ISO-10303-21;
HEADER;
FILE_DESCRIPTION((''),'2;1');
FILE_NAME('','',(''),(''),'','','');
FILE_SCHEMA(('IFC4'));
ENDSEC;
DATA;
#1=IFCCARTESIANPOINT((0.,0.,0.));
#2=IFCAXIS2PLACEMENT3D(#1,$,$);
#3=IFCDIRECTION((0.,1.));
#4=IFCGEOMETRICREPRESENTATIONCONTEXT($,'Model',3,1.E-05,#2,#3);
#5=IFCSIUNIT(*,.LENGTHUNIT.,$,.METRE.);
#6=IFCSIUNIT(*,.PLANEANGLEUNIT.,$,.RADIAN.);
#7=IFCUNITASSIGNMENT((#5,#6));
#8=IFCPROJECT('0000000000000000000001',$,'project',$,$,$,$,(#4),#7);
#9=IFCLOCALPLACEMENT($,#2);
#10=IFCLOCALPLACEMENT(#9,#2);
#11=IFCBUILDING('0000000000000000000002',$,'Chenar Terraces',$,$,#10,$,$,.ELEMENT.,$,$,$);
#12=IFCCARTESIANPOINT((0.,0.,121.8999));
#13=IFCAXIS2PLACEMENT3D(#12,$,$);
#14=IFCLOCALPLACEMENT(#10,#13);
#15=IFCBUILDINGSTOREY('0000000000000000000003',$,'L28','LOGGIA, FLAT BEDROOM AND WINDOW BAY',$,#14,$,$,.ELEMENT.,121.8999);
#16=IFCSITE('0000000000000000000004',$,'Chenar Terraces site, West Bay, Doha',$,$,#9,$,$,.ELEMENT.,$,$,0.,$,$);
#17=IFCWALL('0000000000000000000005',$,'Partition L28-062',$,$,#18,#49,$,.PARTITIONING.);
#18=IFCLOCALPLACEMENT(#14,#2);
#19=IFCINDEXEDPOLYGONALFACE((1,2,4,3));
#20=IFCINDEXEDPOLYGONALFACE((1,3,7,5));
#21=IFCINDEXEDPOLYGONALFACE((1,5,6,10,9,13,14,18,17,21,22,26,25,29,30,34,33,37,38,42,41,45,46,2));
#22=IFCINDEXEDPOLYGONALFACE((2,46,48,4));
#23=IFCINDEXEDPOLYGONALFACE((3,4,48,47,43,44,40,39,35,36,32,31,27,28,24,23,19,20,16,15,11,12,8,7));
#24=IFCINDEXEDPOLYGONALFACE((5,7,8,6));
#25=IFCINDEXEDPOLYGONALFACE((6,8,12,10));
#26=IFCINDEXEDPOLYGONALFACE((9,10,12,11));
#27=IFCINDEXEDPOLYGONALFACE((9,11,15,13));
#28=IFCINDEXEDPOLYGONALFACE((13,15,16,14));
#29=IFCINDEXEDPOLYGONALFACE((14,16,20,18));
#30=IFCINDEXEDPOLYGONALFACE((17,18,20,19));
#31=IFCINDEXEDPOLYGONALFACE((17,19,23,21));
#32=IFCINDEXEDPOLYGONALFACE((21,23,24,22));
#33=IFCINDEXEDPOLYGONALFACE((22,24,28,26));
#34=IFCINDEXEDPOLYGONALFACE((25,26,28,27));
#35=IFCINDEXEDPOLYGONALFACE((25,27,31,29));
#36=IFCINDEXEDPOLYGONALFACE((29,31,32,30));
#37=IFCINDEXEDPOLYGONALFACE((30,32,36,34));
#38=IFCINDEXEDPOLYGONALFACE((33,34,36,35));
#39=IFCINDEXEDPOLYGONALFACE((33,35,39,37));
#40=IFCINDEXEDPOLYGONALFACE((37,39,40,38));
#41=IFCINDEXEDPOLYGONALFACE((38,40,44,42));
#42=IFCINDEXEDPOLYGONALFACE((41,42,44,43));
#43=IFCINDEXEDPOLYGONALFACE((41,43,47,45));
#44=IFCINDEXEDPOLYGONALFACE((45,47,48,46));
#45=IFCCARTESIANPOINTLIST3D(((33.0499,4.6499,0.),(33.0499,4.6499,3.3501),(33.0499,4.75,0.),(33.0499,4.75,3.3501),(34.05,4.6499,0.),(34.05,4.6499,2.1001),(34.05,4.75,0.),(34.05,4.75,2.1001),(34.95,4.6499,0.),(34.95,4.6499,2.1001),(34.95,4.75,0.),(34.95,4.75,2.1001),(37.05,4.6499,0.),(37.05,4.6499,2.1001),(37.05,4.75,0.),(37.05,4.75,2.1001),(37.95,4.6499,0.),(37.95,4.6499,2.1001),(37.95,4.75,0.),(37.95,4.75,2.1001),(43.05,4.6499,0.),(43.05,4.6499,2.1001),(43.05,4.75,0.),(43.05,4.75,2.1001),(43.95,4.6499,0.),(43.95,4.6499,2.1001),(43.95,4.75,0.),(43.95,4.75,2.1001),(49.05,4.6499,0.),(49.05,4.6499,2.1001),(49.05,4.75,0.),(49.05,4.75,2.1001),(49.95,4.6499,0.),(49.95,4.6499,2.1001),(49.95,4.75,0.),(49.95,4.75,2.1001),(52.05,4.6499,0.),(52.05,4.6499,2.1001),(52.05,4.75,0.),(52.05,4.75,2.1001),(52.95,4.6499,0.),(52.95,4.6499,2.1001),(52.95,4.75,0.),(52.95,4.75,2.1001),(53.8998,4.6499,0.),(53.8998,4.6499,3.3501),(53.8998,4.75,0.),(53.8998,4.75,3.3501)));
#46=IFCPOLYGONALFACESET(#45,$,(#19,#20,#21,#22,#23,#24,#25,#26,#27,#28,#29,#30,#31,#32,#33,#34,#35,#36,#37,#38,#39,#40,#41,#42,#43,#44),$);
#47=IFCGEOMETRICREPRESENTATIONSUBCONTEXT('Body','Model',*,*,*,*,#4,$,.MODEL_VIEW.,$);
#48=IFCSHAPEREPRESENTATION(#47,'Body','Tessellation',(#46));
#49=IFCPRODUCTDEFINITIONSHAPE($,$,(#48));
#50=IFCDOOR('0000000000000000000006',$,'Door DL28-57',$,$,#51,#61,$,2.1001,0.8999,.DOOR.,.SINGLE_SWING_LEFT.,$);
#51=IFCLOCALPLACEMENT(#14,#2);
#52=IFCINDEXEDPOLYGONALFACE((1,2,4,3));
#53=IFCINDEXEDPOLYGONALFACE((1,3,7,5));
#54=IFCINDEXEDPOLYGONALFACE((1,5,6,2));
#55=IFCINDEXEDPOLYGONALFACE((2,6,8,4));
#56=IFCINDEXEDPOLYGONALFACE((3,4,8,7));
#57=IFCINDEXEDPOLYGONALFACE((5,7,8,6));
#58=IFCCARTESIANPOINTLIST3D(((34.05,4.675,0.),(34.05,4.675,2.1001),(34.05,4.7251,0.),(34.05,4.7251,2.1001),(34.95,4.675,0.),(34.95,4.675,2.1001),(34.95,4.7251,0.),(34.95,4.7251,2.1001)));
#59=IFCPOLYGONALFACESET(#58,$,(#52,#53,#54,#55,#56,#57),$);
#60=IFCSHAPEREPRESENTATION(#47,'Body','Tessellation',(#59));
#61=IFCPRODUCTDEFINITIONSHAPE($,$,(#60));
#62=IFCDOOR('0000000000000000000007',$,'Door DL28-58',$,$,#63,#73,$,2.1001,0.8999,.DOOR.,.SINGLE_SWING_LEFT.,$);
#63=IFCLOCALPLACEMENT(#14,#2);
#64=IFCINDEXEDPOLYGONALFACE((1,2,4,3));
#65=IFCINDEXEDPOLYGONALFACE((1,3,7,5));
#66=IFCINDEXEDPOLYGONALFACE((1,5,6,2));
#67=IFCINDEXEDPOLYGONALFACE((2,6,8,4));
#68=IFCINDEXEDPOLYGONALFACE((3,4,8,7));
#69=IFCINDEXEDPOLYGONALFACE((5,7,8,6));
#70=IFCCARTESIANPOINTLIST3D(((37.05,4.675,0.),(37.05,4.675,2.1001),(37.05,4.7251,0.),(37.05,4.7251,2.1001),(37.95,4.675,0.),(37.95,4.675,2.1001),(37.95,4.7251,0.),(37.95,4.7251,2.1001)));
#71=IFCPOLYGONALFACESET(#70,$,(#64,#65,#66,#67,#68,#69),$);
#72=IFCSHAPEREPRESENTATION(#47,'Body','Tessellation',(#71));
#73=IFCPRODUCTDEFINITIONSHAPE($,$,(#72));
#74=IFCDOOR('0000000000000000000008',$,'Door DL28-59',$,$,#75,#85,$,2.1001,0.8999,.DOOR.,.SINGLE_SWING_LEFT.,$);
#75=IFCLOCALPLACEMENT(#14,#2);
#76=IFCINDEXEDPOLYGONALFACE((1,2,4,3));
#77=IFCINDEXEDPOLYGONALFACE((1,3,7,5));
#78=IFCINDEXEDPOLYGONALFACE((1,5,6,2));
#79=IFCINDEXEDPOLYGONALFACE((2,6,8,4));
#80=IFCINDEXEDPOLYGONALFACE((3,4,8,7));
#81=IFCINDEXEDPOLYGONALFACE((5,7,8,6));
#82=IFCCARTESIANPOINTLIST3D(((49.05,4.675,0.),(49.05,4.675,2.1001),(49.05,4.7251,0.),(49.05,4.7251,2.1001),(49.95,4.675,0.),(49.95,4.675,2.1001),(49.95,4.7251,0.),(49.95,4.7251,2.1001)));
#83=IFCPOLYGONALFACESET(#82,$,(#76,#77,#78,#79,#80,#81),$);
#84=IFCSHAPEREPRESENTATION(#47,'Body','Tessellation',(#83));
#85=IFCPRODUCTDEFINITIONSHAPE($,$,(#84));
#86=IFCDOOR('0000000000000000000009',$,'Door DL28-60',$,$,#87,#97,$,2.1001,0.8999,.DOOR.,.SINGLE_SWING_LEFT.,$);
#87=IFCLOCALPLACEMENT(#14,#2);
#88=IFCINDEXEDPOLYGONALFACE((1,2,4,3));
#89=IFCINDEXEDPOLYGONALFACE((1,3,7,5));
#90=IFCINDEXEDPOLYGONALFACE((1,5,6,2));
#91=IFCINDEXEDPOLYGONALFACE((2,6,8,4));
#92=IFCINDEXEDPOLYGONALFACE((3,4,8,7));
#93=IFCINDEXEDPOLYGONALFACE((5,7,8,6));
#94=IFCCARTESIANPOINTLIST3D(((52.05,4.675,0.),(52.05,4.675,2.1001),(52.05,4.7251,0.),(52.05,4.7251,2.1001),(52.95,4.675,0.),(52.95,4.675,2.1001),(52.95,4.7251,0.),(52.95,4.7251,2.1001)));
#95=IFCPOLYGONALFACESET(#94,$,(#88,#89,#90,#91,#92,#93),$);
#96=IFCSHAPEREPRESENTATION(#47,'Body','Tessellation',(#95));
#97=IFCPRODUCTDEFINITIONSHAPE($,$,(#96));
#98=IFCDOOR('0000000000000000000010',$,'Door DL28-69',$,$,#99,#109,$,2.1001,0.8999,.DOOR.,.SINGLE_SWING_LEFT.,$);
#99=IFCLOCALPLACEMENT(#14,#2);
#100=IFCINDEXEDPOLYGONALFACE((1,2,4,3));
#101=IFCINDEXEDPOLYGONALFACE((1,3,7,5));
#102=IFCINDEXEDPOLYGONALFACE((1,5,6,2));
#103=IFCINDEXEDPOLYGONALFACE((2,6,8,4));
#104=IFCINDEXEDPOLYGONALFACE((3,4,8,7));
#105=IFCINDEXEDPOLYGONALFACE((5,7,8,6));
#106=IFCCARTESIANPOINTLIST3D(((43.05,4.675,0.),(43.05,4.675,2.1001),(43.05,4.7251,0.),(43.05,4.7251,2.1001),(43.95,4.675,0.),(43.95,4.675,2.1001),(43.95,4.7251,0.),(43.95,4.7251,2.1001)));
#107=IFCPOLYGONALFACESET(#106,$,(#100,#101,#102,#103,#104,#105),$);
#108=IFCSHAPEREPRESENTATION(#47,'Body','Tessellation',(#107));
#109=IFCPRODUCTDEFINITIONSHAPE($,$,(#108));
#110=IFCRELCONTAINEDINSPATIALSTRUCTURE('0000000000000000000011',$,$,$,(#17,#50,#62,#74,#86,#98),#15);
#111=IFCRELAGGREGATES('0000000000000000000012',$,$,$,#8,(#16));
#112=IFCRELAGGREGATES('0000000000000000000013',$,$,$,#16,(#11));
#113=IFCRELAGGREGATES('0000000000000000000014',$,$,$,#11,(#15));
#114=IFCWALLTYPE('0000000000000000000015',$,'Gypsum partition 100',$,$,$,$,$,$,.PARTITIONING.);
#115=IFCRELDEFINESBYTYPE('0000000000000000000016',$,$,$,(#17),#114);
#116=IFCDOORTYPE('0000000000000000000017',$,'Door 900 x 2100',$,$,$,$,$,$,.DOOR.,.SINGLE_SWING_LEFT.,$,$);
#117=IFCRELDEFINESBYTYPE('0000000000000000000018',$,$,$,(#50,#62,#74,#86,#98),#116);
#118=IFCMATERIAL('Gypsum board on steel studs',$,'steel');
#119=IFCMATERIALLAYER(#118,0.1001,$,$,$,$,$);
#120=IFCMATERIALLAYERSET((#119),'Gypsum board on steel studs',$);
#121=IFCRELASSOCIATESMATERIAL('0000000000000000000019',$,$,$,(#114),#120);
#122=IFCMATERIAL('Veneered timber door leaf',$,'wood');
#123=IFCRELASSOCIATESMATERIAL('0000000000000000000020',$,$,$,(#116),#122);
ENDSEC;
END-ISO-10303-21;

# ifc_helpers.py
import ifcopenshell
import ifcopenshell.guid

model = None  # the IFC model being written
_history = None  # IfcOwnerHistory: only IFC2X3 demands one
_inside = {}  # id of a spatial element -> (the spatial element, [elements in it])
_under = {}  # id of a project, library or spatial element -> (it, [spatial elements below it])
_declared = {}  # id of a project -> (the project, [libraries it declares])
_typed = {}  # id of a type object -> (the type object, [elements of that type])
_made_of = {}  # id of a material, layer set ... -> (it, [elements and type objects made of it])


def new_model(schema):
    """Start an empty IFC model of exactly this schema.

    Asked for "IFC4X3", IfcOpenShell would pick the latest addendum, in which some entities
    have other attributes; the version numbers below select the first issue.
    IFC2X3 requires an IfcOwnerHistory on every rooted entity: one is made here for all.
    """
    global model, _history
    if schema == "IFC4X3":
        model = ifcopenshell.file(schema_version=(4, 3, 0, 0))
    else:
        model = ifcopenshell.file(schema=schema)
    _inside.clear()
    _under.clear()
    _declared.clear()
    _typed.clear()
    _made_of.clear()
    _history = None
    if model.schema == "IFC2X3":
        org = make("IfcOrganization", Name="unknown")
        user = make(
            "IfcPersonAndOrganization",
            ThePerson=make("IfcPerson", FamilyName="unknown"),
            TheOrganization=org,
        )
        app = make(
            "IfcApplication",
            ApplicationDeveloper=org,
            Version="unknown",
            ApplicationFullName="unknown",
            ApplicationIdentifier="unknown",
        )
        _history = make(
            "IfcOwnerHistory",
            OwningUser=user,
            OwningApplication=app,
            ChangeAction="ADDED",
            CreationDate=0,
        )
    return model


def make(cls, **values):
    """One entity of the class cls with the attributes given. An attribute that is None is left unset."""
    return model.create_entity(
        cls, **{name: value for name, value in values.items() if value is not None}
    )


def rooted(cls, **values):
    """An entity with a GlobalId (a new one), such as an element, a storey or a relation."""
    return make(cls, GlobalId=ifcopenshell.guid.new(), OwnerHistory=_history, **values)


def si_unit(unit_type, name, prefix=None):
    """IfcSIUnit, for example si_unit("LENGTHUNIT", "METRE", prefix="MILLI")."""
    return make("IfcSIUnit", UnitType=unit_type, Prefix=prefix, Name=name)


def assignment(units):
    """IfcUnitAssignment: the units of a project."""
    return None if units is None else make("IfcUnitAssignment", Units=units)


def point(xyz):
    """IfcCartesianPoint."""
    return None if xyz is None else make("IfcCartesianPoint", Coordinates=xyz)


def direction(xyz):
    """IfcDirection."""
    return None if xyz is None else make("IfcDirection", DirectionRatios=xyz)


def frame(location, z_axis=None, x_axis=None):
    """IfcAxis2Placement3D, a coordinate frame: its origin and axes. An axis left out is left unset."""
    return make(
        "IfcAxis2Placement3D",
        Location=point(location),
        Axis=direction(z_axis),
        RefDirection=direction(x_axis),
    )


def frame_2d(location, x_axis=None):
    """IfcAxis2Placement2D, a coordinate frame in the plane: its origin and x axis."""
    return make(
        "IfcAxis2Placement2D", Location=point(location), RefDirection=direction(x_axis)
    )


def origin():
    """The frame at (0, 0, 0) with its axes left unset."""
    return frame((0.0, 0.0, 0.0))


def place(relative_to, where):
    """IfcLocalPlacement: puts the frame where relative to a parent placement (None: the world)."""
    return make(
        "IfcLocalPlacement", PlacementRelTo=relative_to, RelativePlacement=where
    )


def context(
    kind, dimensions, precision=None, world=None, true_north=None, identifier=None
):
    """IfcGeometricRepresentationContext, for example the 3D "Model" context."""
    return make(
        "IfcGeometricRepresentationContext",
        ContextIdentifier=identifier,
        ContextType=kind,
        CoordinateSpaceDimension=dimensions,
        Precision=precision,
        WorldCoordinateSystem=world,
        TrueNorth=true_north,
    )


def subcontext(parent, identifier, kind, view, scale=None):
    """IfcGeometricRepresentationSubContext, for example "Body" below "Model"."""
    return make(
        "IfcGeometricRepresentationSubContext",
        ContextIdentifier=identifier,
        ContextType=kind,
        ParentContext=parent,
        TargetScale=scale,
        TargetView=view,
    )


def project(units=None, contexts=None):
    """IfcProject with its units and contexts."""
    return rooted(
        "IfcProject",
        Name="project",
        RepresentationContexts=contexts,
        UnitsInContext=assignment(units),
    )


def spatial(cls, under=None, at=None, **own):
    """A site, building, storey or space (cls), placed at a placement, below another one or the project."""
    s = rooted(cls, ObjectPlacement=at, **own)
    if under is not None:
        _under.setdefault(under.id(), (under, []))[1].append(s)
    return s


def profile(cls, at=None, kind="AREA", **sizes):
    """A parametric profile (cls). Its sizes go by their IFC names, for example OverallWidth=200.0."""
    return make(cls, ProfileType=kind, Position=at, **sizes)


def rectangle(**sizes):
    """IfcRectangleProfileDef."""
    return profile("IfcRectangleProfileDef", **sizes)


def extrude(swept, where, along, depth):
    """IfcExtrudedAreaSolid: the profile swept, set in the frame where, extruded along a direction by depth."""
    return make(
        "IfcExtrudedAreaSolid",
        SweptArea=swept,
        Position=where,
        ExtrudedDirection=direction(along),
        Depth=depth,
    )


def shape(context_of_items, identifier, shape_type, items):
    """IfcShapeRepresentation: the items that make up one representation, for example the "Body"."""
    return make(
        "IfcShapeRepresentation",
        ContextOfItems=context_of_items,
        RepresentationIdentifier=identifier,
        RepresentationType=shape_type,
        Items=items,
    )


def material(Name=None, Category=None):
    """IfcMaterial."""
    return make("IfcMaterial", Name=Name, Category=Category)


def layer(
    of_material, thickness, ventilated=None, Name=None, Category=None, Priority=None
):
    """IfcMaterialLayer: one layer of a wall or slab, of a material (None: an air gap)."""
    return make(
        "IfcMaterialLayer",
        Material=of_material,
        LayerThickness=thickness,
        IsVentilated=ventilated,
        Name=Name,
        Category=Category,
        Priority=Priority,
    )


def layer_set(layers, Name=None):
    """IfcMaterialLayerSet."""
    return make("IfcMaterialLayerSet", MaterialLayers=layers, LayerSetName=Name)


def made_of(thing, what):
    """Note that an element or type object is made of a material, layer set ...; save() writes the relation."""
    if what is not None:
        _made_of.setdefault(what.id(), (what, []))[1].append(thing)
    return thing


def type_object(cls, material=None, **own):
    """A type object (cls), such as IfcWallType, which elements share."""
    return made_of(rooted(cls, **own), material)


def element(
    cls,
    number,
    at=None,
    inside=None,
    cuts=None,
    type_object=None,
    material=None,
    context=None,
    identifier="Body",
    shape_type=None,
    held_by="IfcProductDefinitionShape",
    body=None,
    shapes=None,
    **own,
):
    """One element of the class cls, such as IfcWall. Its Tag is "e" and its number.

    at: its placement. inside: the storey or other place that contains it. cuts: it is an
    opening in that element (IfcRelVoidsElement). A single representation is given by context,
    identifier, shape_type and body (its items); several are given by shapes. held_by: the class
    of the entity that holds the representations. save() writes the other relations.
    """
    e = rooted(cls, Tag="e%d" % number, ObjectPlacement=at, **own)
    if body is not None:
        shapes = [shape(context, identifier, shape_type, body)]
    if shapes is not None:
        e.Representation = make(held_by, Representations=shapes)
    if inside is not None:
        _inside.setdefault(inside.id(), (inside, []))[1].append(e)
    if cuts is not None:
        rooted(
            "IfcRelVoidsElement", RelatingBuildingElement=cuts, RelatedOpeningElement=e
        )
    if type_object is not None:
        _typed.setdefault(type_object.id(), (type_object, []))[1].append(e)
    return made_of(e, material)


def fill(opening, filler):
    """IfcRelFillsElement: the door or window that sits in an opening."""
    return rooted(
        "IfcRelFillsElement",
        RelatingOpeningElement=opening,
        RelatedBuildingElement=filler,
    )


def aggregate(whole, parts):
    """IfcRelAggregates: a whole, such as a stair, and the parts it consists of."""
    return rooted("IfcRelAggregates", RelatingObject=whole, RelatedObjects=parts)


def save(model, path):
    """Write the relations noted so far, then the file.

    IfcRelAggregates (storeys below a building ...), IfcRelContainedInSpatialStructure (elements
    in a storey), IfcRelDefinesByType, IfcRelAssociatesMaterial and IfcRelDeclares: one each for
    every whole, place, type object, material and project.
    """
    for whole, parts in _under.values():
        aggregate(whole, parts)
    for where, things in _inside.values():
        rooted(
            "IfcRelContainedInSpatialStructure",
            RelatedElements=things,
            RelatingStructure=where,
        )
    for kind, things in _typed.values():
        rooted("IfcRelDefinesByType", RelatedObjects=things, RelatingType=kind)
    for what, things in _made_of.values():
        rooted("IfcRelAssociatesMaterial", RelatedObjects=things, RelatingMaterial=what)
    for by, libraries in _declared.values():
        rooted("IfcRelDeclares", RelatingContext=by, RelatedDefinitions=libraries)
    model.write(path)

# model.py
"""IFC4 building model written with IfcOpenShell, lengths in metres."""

from ifc_helpers import new_model, si_unit, direction, frame, frame_2d, origin, place, context, subcontext, project, spatial, rectangle, extrude, material, layer, layer_set, type_object, element, fill, save


model = new_model("IFC4")

# Units and contexts
model_context = context("Model", 3, precision=1e-05, world=origin(), true_north=direction((0.0, 1.0)))
body_context = subcontext(model_context, "Body", "Model", "MODEL_VIEW")
ifc_project = project(units=[si_unit("LENGTHUNIT", "METRE"), si_unit("PLANEANGLEUNIT", "RADIAN")], contexts=[model_context])

# Site, building, storey
site_placement = place(None, origin())
site = spatial("IfcSite", under=ifc_project, at=site_placement, Name="Chenar Terraces site, West Bay, Doha", CompositionType="ELEMENT", RefElevation=0.0)
building_placement = place(site_placement, origin())
building = spatial("IfcBuilding", under=site, at=building_placement, Name="Chenar Terraces", CompositionType="ELEMENT")
storey_placement = place(building_placement, frame((0.0, 0.0, 121.8999)))
storey = spatial("IfcBuildingStorey", under=building, at=storey_placement, Name="L28", Description="LOGGIA, FLAT BEDROOM AND WINDOW BAY", CompositionType="ELEMENT", Elevation=121.8999)

# Wall, openings, doors
ifc_material_1 = material(Name="Gypsum board on steel studs", Category="steel")
ifc_layer_1 = layer(ifc_material_1, 0.1001)
ifc_layer_set_1 = layer_set([ifc_layer_1], Name="Gypsum board on steel studs")
wall_type_1 = type_object("IfcWallType", Name="Gypsum partition 100", PredefinedType="PARTITIONING", material=ifc_layer_set_1)
wall_1_placement = place(storey_placement, frame((33.05, 4.7, 0.0), z_axis=(0.0, 0.0, 1.0), x_axis=(1.0, 0.0, 0.0)))
wall_1 = element("IfcWall", 1, at=wall_1_placement, inside=storey, type_object=wall_type_1, Name="Partition L28-062", PredefinedType="PARTITIONING", context=body_context, shape_type="SweptSolid", body=[
    extrude(rectangle(XDim=20.8499, YDim=0.1001, at=frame_2d((10.4248, 0.0))), origin(), (0.0, 0.0, 1.0), 3.3501),
])
opening_1_placement = place(wall_1_placement, frame((1.0, 0.0, 0.0)))
opening_1 = element("IfcOpeningElement", 2, at=opening_1_placement, cuts=wall_1, PredefinedType="OPENING", context=body_context, shape_type="SweptSolid", body=[
    extrude(rectangle(XDim=0.8999, YDim=2.1001, at=frame_2d((0.45, 1.05))), frame((0.0, 0.0601, 0.0), z_axis=(0.0, -1.0, 0.0), x_axis=(1.0, 0.0, 0.0)), (0.0, 0.0, 1.0), 0.1201),
])
opening_2_placement = place(wall_1_placement, frame((4.0, 0.0, 0.0)))
opening_2 = element("IfcOpeningElement", 3, at=opening_2_placement, cuts=wall_1, PredefinedType="OPENING", context=body_context, shape_type="SweptSolid", body=[
    extrude(rectangle(XDim=0.8999, YDim=2.1001, at=frame_2d((0.45, 1.05))), frame((0.0, 0.0601, 0.0), z_axis=(0.0, -1.0, 0.0), x_axis=(1.0, 0.0, 0.0)), (0.0, 0.0, 1.0), 0.1201),
])
opening_3_placement = place(wall_1_placement, frame((16.0, 0.0, 0.0)))
opening_3 = element("IfcOpeningElement", 4, at=opening_3_placement, cuts=wall_1, PredefinedType="OPENING", context=body_context, shape_type="SweptSolid", body=[
    extrude(rectangle(XDim=0.8999, YDim=2.1001, at=frame_2d((0.45, 1.05))), frame((0.0, 0.0601, 0.0), z_axis=(0.0, -1.0, 0.0), x_axis=(1.0, 0.0, 0.0)), (0.0, 0.0, 1.0), 0.1201),
])
opening_4_placement = place(wall_1_placement, frame((19.0, 0.0, 0.0)))
opening_4 = element("IfcOpeningElement", 5, at=opening_4_placement, cuts=wall_1, PredefinedType="OPENING", context=body_context, shape_type="SweptSolid", body=[
    extrude(rectangle(XDim=0.8999, YDim=2.1001, at=frame_2d((0.45, 1.05))), frame((0.0, 0.0601, 0.0), z_axis=(0.0, -1.0, 0.0), x_axis=(1.0, 0.0, 0.0)), (0.0, 0.0, 1.0), 0.1201),
])
opening_5_placement = place(wall_1_placement, frame((10.0, 0.0, 0.0)))
opening_5 = element("IfcOpeningElement", 6, at=opening_5_placement, cuts=wall_1, PredefinedType="OPENING", context=body_context, shape_type="SweptSolid", body=[
    extrude(rectangle(XDim=0.8999, YDim=2.1001, at=frame_2d((0.45, 1.05))), frame((0.0, 0.0601, 0.0), z_axis=(0.0, -1.0, 0.0), x_axis=(1.0, 0.0, 0.0)), (0.0, 0.0, 1.0), 0.1201),
])
ifc_material_2 = material(Name="Veneered timber door leaf", Category="wood")
door_type_1 = type_object("IfcDoorType", Name="Door 900 x 2100", OperationType="SINGLE_SWING_LEFT", PredefinedType="DOOR", material=ifc_material_2)
door_1_placement = place(opening_1_placement, frame((0.8999, 0.0, 0.0), z_axis=(0.0, 0.0, 1.0), x_axis=(-1.0, 0.0, 0.0)))
door_1 = element("IfcDoor", 7, at=door_1_placement, inside=storey, type_object=door_type_1, Name="Door DL28-57", OperationType="SINGLE_SWING_LEFT", OverallHeight=2.1001, OverallWidth=0.8999, PredefinedType="DOOR", context=body_context, shape_type="SweptSolid", body=[
    extrude(rectangle(XDim=0.8999, YDim=2.1001, at=frame_2d((0.45, 1.05))), frame((0.0, 0.0249, 0.0), z_axis=(0.0, -1.0, 0.0), x_axis=(1.0, 0.0, 0.0)), (0.0, 0.0, 1.0), 0.05),
])
fill(opening_1, door_1)
door_2_placement = place(opening_2_placement, frame((0.8999, 0.0, 0.0), z_axis=(0.0, 0.0, 1.0), x_axis=(-1.0, 0.0, 0.0)))
door_2 = element("IfcDoor", 8, at=door_2_placement, inside=storey, type_object=door_type_1, Name="Door DL28-58", OperationType="SINGLE_SWING_LEFT", OverallHeight=2.1001, OverallWidth=0.8999, PredefinedType="DOOR", context=body_context, shape_type="SweptSolid", body=[
    extrude(rectangle(XDim=0.8999, YDim=2.1001, at=frame_2d((0.45, 1.05))), frame((0.0, 0.0249, 0.0), z_axis=(0.0, -1.0, 0.0), x_axis=(1.0, 0.0, 0.0)), (0.0, 0.0, 1.0), 0.05),
])
fill(opening_2, door_2)
door_3_placement = place(opening_3_placement, frame((0.8999, 0.0, 0.0), z_axis=(0.0, 0.0, 1.0), x_axis=(-1.0, 0.0, 0.0)))
door_3 = element("IfcDoor", 9, at=door_3_placement, inside=storey, type_object=door_type_1, Name="Door DL28-59", OperationType="SINGLE_SWING_LEFT", OverallHeight=2.1001, OverallWidth=0.8999, PredefinedType="DOOR", context=body_context, shape_type="SweptSolid", body=[
    extrude(rectangle(XDim=0.8999, YDim=2.1001, at=frame_2d((0.45, 1.05))), frame((0.0, 0.0249, 0.0), z_axis=(0.0, -1.0, 0.0), x_axis=(1.0, 0.0, 0.0)), (0.0, 0.0, 1.0), 0.05),
])
fill(opening_3, door_3)
door_4_placement = place(opening_4_placement, frame((0.8999, 0.0, 0.0), z_axis=(0.0, 0.0, 1.0), x_axis=(-1.0, 0.0, 0.0)))
door_4 = element("IfcDoor", 10, at=door_4_placement, inside=storey, type_object=door_type_1, Name="Door DL28-60", OperationType="SINGLE_SWING_LEFT", OverallHeight=2.1001, OverallWidth=0.8999, PredefinedType="DOOR", context=body_context, shape_type="SweptSolid", body=[
    extrude(rectangle(XDim=0.8999, YDim=2.1001, at=frame_2d((0.45, 1.05))), frame((0.0, 0.0249, 0.0), z_axis=(0.0, -1.0, 0.0), x_axis=(1.0, 0.0, 0.0)), (0.0, 0.0, 1.0), 0.05),
])
fill(opening_4, door_4)
door_5_placement = place(opening_5_placement, frame((0.8999, 0.0, 0.0), z_axis=(0.0, 0.0, 1.0), x_axis=(-1.0, 0.0, 0.0)))
door_5 = element("IfcDoor", 11, at=door_5_placement, inside=storey, type_object=door_type_1, Name="Door DL28-69", OperationType="SINGLE_SWING_LEFT", OverallHeight=2.1001, OverallWidth=0.8999, PredefinedType="DOOR", context=body_context, shape_type="SweptSolid", body=[
    extrude(rectangle(XDim=0.8999, YDim=2.1001, at=frame_2d((0.45, 1.05))), frame((0.0, 0.0249, 0.0), z_axis=(0.0, -1.0, 0.0), x_axis=(1.0, 0.0, 0.0)), (0.0, 0.0, 1.0), 0.05),
])
fill(opening_5, door_5)

save(model, "model.ifc")
